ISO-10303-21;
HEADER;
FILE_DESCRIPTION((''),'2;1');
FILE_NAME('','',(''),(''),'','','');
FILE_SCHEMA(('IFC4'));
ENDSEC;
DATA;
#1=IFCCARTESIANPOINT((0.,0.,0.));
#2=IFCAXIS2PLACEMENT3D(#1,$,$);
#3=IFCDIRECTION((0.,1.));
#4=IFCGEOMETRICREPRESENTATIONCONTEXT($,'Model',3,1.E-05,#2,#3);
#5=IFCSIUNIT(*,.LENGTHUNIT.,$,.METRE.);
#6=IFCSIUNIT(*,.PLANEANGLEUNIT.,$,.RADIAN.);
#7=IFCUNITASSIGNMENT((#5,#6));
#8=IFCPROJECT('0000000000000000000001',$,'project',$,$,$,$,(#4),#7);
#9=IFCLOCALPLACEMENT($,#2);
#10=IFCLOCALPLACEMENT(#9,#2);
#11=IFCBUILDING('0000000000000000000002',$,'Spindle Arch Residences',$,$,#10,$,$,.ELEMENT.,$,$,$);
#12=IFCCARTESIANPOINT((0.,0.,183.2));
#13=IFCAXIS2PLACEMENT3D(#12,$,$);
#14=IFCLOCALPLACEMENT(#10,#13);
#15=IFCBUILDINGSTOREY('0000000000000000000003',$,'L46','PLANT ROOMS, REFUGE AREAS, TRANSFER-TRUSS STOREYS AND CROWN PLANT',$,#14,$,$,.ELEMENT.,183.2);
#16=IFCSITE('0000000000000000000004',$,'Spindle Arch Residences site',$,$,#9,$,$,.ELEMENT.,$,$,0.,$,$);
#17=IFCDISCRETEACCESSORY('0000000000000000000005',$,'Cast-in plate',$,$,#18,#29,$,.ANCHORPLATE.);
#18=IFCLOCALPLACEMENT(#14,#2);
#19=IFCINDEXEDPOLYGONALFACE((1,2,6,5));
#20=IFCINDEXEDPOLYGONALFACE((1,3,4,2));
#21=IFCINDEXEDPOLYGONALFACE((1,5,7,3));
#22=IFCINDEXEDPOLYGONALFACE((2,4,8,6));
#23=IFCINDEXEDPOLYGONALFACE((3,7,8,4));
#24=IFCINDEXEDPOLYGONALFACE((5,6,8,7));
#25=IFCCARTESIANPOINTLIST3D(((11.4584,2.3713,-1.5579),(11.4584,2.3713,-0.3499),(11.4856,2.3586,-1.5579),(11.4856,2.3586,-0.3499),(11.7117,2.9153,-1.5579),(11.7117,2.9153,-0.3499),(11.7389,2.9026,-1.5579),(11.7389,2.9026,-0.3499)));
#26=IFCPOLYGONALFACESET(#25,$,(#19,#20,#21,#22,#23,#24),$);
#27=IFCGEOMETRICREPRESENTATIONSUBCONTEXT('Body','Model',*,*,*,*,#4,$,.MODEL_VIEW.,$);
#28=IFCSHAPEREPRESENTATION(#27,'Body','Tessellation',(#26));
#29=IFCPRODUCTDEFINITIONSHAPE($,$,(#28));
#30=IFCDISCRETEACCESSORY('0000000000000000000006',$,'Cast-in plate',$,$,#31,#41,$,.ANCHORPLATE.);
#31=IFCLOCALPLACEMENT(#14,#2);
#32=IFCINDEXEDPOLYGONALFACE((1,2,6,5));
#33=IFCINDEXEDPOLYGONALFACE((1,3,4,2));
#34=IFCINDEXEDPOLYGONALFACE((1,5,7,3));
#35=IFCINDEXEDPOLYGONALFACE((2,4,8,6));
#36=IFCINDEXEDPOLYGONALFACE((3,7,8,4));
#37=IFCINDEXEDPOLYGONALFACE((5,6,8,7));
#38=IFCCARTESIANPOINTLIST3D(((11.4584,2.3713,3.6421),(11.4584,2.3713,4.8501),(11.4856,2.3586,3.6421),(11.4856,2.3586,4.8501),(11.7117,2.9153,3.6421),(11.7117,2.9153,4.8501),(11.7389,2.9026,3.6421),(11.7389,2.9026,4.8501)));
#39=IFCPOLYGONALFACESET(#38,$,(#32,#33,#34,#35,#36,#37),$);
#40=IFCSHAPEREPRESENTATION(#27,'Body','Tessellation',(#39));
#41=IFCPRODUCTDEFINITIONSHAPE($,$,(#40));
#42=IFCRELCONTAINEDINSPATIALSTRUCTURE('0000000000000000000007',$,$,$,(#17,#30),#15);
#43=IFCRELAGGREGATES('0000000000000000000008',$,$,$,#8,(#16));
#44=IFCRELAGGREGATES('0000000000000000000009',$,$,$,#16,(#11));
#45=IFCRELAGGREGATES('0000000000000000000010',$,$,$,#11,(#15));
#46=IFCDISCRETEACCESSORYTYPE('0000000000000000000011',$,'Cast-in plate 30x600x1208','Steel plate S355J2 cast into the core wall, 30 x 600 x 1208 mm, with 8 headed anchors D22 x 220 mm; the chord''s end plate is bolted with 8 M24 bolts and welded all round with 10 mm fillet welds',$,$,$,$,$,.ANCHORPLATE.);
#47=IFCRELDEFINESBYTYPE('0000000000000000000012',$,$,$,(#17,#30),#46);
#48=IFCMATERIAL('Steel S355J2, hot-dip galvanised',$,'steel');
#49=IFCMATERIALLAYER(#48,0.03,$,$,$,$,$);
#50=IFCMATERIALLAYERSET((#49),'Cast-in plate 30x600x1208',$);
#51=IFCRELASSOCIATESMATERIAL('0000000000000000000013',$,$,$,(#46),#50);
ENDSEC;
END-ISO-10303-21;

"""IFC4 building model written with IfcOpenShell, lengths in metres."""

from ifc_helpers import new_model, si_unit, direction, frame, origin, origin_2d, place, context, subcontext, project, spatial, rectangle, extrude, material, layer, layer_set, type_object, element, save


model = new_model("IFC4")

# Units and contexts
model_context = context("Model", 3, precision=1e-05, world=origin(), true_north=direction((0.0, 1.0)))
body_context = subcontext(model_context, "Body", "Model", "MODEL_VIEW")
ifc_project = project(units=[si_unit("LENGTHUNIT", "METRE"), si_unit("PLANEANGLEUNIT", "RADIAN")], contexts=[model_context])

# Site, building, storey
site_placement = place(None, origin())
site = spatial("IfcSite", under=ifc_project, at=site_placement, Name="Spindle Arch Residences site", CompositionType="ELEMENT", RefElevation=0.0)
building_placement = place(site_placement, origin())
building = spatial("IfcBuilding", under=site, at=building_placement, Name="Spindle Arch Residences", CompositionType="ELEMENT")
storey_placement = place(building_placement, frame((0.0, 0.0, 183.2)))
storey = spatial("IfcBuildingStorey", under=building, at=storey_placement, Name="L46", Description="PLANT ROOMS, REFUGE AREAS, TRANSFER-TRUSS STOREYS AND CROWN PLANT", CompositionType="ELEMENT", Elevation=183.2)

# Discrete accessories
ifc_material_1 = material(Name="Steel S355J2, hot-dip galvanised", Category="steel")
ifc_layer_1 = layer(ifc_material_1, 0.03)
ifc_layer_set_1 = layer_set([ifc_layer_1], Name="Cast-in plate 30x600x1208")
discrete_accessory_type = type_object("IfcDiscreteAccessoryType", Name="Cast-in plate 30x600x1208", Description="Steel plate S355J2 cast into the core wall, 30 x 600 x 1208 mm, with 8 headed anchors D22 x 220 mm; the chord's end plate is bolted with 8 M24 bolts and welded all round with 10 mm fillet welds", PredefinedType="ANCHORPLATE", material=ifc_layer_set_1)
for number, where, z_axis, x_axis, name in (
    (1, (11.5986, 2.637, -1.5579), (0.0, 0.0, 1.0), (0.906543, -0.422114, 0.0), "Cast-in plate"),
    (2, (11.5986, 2.637, 3.6421), (0.0, 0.0, 1.0), (0.906543, -0.422114, 0.0), "Cast-in plate"),
):
    element("IfcDiscreteAccessory", number, at=place(storey_placement, frame(where, z_axis=z_axis, x_axis=x_axis)), inside=storey, type_object=discrete_accessory_type, Name=name, PredefinedType="ANCHORPLATE", context=body_context, shape_type="SweptSolid", body=[
        extrude(rectangle(XDim=0.03, YDim=0.6001, at=origin_2d()), origin(), (0.0, 0.0, 1.0), 1.208),
    ])

save(model, "model.ifc")
